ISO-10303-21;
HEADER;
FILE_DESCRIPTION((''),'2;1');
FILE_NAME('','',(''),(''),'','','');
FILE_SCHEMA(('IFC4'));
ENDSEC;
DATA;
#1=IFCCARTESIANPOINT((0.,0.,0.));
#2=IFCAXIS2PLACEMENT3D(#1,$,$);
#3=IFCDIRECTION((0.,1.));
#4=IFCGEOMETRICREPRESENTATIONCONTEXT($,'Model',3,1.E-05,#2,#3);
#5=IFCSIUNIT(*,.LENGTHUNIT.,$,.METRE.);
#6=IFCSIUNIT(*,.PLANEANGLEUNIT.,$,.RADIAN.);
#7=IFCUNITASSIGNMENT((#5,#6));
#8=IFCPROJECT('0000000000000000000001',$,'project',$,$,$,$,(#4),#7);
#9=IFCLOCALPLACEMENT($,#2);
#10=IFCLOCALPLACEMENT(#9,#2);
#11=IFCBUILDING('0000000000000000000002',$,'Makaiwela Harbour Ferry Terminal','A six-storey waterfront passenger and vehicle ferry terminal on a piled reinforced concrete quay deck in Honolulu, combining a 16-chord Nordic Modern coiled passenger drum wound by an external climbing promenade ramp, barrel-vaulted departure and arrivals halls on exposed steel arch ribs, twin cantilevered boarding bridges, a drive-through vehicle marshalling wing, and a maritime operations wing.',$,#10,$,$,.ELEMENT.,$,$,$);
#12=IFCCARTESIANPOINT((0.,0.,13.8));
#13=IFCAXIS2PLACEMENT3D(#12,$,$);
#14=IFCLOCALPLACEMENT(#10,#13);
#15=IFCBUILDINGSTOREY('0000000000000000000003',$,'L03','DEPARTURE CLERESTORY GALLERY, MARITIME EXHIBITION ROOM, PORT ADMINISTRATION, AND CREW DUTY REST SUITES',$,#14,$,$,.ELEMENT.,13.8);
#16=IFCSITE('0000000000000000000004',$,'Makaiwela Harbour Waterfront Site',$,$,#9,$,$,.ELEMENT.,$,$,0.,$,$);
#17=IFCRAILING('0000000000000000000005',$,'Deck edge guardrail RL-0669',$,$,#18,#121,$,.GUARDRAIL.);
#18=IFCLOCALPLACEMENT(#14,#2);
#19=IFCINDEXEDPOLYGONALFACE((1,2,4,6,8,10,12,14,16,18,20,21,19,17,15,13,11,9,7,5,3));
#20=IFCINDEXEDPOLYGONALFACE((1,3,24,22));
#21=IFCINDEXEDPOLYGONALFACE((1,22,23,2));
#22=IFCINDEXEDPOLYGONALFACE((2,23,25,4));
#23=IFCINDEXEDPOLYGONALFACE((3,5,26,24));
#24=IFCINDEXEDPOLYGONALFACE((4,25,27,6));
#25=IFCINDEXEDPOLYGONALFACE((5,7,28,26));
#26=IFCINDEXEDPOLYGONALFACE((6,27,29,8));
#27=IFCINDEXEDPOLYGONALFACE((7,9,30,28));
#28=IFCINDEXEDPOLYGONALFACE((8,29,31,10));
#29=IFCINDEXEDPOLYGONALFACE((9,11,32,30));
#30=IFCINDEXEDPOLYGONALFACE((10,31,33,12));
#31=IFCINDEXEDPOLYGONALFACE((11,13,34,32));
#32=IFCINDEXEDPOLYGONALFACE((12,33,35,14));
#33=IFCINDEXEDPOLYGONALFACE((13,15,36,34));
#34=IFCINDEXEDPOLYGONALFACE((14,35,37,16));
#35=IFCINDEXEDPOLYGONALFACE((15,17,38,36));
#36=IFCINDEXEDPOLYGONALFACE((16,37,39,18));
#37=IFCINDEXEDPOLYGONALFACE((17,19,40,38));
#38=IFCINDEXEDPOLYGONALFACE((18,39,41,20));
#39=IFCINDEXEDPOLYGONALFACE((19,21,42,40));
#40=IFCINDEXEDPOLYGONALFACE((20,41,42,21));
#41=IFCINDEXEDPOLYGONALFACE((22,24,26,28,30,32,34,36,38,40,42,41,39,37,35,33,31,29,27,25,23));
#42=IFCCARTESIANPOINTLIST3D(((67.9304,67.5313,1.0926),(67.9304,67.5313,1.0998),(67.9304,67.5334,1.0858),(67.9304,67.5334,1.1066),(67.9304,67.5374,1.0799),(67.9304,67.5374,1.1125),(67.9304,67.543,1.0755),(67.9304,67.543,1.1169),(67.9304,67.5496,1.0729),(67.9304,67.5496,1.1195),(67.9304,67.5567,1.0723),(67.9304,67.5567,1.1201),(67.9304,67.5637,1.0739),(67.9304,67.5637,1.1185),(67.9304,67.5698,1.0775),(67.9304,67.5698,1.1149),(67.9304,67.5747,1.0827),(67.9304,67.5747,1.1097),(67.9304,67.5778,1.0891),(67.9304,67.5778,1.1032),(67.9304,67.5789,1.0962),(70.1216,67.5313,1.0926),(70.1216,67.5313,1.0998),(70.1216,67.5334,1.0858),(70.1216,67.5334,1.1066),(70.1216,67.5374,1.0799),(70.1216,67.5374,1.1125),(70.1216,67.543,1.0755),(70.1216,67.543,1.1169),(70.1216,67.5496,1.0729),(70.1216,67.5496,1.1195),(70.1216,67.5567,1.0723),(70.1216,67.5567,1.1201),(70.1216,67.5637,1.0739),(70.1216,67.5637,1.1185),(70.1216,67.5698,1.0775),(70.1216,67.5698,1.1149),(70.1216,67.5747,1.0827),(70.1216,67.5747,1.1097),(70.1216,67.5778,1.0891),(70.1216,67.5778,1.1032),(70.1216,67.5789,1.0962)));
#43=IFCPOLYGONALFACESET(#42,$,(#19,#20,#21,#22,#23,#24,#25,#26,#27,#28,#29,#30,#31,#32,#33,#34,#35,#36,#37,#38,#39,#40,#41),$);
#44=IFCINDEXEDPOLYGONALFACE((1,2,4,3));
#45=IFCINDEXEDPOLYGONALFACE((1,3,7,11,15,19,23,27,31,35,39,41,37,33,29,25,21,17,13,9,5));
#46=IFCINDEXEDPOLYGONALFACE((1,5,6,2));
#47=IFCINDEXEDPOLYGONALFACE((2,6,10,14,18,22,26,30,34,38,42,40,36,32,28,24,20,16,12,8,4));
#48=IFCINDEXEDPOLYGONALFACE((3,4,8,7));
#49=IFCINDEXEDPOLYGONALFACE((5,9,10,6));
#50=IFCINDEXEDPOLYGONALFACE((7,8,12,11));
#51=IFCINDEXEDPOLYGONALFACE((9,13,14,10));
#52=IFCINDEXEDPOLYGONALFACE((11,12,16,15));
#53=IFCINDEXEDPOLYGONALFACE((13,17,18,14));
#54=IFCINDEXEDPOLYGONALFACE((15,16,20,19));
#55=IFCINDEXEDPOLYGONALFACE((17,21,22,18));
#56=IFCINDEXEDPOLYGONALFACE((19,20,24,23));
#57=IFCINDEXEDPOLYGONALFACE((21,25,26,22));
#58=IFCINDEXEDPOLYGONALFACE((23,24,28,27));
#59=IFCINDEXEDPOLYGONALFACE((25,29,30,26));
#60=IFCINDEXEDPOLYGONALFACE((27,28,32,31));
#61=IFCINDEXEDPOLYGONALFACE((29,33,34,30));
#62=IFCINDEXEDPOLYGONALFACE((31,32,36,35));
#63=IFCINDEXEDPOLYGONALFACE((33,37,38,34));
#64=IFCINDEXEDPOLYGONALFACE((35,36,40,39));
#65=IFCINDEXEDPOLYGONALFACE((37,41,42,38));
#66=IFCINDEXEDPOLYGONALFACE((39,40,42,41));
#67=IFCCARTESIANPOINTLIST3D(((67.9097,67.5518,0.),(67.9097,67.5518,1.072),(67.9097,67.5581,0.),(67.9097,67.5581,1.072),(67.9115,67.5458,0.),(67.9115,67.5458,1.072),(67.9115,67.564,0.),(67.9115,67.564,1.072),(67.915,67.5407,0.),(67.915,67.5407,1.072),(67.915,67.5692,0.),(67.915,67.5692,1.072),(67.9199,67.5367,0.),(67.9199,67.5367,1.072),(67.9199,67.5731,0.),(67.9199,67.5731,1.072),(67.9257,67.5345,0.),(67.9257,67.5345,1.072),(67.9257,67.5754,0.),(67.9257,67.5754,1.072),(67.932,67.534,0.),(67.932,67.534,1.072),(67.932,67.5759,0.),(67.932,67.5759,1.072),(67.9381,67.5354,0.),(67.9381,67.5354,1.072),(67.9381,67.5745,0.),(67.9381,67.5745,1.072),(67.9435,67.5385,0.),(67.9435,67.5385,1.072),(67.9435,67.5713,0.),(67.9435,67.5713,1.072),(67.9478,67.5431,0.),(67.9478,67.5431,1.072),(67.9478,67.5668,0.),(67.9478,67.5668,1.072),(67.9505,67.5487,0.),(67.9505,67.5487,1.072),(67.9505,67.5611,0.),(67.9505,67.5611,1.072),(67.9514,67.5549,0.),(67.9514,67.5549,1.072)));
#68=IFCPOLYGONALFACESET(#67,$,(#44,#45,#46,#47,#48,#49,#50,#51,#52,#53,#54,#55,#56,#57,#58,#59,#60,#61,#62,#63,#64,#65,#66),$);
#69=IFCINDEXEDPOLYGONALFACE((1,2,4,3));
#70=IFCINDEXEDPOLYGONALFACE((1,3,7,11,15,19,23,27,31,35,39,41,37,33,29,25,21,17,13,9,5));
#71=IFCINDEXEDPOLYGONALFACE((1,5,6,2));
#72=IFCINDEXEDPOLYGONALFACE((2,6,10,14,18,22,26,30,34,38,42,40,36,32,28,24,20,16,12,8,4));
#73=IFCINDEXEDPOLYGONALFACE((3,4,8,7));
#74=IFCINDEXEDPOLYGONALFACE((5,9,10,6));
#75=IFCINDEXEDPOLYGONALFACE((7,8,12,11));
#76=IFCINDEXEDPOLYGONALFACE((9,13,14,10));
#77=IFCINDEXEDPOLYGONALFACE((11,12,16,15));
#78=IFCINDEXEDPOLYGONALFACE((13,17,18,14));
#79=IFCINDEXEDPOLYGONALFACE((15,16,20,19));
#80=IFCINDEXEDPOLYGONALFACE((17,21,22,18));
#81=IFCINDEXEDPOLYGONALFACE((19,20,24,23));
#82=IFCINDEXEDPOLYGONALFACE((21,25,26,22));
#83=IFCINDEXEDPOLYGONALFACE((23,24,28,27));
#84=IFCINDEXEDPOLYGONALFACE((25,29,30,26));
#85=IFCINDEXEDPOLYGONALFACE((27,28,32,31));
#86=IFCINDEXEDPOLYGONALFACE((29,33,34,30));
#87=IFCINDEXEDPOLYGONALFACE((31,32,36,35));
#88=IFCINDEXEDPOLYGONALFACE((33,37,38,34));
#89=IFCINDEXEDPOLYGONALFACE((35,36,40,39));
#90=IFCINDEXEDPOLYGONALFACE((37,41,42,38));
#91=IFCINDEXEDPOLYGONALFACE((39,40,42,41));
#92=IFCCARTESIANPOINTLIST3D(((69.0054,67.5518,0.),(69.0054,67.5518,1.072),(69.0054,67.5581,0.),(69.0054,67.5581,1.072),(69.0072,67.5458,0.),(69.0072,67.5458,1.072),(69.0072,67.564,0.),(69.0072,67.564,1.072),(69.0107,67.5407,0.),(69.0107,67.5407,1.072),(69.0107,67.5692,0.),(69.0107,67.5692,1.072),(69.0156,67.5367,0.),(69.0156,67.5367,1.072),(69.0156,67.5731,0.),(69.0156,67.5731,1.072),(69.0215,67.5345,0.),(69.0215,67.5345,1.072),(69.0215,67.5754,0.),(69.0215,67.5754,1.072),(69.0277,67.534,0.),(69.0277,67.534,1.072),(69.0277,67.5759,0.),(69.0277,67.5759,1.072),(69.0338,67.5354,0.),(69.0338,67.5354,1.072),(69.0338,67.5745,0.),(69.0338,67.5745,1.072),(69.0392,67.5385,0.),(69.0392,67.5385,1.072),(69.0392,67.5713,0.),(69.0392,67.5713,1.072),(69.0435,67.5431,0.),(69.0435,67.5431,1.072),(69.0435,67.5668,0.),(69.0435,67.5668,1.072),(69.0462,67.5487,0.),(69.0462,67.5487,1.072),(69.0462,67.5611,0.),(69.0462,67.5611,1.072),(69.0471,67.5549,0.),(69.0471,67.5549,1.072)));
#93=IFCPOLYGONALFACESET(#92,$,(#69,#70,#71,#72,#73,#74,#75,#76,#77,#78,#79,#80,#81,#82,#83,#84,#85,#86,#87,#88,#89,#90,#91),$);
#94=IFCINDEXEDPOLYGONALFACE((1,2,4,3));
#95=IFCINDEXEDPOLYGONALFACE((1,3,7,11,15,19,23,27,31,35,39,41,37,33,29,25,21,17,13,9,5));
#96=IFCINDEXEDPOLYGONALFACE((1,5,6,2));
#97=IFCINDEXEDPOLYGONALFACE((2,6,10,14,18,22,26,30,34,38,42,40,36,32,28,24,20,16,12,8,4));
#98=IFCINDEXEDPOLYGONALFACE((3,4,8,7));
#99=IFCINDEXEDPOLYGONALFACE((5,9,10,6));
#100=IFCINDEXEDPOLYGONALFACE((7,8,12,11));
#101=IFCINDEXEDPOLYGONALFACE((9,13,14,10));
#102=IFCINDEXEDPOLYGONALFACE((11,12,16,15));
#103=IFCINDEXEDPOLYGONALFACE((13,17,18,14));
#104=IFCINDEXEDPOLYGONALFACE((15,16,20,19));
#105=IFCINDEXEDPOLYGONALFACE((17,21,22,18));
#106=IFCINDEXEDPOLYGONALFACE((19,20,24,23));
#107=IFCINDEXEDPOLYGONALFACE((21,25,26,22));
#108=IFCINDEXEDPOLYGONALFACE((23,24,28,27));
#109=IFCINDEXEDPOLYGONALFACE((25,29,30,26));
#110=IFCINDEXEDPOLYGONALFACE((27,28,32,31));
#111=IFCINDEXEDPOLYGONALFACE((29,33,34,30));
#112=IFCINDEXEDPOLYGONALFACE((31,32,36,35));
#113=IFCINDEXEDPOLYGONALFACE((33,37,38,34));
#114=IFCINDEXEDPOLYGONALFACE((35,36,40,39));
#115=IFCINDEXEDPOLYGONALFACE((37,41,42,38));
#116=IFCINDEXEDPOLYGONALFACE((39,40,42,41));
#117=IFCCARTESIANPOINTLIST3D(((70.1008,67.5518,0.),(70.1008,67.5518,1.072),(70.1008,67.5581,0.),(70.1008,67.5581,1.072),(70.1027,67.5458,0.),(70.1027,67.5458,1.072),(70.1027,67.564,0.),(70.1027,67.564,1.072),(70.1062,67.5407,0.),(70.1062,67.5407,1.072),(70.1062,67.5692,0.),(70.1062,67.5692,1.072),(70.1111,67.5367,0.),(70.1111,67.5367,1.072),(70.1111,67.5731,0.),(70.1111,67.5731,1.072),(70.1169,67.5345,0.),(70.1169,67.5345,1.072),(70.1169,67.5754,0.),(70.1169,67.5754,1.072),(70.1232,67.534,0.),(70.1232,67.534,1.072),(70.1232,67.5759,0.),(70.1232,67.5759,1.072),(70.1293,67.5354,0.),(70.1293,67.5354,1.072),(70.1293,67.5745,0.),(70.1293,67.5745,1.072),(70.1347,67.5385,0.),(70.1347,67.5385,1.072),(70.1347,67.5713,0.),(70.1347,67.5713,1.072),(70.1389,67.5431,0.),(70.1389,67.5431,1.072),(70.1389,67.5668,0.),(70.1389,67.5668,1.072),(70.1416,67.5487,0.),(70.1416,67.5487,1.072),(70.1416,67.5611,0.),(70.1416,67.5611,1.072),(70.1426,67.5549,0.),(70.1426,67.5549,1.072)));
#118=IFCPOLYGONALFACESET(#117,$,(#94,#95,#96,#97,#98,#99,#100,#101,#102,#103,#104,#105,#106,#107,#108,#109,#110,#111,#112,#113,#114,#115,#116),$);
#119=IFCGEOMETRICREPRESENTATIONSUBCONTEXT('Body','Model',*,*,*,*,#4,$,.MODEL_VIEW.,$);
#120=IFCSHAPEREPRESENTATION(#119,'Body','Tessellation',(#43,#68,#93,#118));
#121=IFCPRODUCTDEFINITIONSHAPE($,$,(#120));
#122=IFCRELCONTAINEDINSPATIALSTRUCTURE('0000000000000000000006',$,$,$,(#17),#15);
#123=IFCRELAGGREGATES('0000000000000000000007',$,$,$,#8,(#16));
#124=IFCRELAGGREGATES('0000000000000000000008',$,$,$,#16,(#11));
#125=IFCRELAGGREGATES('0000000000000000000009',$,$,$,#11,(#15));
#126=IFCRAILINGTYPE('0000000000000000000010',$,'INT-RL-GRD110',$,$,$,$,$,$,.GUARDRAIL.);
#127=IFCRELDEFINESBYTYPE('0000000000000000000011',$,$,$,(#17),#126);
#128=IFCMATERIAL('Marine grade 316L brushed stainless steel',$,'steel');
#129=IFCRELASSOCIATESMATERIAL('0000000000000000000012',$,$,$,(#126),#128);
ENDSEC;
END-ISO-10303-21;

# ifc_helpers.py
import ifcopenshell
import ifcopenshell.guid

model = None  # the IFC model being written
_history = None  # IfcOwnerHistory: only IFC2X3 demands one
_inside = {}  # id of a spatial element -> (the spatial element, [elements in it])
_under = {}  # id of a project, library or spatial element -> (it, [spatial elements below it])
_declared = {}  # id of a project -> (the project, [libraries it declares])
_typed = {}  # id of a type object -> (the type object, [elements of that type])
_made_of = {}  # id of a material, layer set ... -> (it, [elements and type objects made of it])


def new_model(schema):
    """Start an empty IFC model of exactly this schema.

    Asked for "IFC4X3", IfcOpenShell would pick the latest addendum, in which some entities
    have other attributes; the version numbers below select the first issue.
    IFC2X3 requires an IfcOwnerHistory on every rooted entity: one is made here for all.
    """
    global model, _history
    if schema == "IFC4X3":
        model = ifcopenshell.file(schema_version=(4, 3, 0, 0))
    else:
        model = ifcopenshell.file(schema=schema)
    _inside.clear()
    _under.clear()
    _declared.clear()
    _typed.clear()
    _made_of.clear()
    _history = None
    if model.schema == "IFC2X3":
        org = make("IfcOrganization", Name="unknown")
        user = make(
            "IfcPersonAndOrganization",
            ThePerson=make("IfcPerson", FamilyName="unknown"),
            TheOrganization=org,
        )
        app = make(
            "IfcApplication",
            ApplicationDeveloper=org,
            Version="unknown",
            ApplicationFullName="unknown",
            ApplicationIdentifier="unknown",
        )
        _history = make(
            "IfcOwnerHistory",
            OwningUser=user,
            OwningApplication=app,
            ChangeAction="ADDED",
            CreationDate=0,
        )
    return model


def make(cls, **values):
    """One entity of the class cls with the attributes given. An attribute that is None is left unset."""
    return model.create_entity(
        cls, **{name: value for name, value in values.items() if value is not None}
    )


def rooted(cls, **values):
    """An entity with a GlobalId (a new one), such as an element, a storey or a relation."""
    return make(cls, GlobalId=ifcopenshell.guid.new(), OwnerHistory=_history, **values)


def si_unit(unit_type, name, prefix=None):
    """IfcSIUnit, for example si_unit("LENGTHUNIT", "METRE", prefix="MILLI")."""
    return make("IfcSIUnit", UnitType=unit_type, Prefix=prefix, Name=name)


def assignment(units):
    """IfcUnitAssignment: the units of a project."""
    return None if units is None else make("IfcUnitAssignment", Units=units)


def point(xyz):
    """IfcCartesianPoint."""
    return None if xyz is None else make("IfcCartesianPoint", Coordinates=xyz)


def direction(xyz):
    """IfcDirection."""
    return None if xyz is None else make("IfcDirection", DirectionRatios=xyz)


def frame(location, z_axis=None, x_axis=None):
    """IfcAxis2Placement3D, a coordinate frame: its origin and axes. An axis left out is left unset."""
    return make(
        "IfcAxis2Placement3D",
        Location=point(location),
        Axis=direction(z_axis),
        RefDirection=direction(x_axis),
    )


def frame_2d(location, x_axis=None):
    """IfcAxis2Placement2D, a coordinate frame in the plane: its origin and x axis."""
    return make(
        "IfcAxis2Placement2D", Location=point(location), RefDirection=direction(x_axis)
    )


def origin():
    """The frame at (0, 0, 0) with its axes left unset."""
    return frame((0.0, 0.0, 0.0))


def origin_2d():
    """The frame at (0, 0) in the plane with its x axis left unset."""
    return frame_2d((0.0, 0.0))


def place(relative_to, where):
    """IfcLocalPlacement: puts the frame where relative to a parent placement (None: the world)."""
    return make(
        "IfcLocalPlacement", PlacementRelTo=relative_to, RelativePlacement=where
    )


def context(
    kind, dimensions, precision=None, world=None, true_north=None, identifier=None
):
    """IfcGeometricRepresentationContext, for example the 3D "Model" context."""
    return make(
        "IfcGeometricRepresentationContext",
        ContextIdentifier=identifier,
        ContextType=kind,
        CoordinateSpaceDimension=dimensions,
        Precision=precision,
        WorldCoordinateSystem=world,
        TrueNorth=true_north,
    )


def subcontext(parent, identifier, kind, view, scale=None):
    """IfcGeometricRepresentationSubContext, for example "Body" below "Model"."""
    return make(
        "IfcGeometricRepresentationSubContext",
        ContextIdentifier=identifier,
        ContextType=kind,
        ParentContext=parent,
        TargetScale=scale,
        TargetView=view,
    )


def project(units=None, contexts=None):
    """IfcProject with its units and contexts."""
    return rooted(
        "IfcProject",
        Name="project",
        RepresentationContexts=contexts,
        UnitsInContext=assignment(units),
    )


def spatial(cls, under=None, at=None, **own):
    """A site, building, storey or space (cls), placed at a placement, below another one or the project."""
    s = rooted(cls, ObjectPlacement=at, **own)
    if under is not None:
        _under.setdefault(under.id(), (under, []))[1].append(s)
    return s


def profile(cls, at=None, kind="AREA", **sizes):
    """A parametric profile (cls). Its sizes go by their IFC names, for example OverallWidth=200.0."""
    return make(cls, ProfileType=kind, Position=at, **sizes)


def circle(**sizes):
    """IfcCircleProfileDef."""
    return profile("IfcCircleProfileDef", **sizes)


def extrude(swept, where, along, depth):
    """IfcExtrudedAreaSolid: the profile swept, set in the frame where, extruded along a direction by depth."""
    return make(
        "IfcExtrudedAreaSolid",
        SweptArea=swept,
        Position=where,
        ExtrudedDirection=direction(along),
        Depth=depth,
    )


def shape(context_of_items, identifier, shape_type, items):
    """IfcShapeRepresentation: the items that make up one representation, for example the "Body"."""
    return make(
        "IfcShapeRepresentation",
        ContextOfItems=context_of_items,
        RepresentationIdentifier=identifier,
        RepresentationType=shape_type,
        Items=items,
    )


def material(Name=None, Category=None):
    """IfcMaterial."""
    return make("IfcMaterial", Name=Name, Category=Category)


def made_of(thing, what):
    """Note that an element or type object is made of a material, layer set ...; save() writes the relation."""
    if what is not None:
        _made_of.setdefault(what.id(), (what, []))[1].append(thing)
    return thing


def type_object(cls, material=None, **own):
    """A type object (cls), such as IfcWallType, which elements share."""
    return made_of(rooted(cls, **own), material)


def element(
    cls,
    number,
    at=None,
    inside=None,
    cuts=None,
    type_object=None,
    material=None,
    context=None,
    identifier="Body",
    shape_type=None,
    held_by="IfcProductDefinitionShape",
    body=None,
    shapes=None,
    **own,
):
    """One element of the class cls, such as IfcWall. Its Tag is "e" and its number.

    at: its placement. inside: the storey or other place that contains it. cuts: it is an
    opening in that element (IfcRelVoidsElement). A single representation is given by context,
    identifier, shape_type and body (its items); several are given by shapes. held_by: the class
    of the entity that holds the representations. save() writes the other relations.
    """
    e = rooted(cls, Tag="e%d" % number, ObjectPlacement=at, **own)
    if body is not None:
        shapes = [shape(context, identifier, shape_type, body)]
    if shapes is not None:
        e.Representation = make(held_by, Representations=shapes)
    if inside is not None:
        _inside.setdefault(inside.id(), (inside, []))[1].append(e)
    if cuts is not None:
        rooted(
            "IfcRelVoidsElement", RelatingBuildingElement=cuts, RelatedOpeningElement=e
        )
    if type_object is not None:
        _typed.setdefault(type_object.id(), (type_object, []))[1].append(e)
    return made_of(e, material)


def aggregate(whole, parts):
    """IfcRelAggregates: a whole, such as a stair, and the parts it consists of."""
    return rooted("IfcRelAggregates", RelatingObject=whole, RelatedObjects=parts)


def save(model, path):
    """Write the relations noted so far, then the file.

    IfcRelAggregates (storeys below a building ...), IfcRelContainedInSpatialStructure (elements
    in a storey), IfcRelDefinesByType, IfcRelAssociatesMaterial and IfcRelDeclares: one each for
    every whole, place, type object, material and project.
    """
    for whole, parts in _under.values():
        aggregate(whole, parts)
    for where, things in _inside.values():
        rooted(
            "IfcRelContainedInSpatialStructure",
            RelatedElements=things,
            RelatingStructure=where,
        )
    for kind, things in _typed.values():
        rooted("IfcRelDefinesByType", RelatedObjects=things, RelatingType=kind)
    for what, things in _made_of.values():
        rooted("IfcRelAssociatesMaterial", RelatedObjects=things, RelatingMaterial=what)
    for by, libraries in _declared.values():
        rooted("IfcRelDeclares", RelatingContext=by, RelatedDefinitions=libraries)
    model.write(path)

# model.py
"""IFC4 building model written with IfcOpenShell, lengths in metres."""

from ifc_helpers import new_model, si_unit, direction, frame, origin, origin_2d, place, context, subcontext, project, spatial, circle, extrude, material, type_object, element, save


model = new_model("IFC4")

# Units and contexts
model_context = context("Model", 3, precision=1e-05, world=origin(), true_north=direction((0.0, 1.0)))
body_context = subcontext(model_context, "Body", "Model", "MODEL_VIEW")
ifc_project = project(units=[si_unit("LENGTHUNIT", "METRE"), si_unit("PLANEANGLEUNIT", "RADIAN")], contexts=[model_context])

# Site, building, storey
site_placement = place(None, origin())
site = spatial("IfcSite", under=ifc_project, at=site_placement, Name="Makaiwela Harbour Waterfront Site", CompositionType="ELEMENT", RefElevation=0.0)
building_placement = place(site_placement, origin())
building = spatial("IfcBuilding", under=site, at=building_placement, Name="Makaiwela Harbour Ferry Terminal", Description="A six-storey waterfront passenger and vehicle ferry terminal on a piled reinforced concrete quay deck in Honolulu, combining a 16-chord Nordic Modern coiled passenger drum wound by an external climbing promenade ramp, barrel-vaulted departure and arrivals halls on exposed steel arch ribs, twin cantilevered boarding bridges, a drive-through vehicle marshalling wing, and a maritime operations wing.", CompositionType="ELEMENT")
storey_placement = place(building_placement, frame((0.0, 0.0, 13.8)))
storey = spatial("IfcBuildingStorey", under=building, at=storey_placement, Name="L03", Description="DEPARTURE CLERESTORY GALLERY, MARITIME EXHIBITION ROOM, PORT ADMINISTRATION, AND CREW DUTY REST SUITES", CompositionType="ELEMENT", Elevation=13.8)

# Railing
ifc_material_1 = material(Name="Marine grade 316L brushed stainless steel", Category="steel")
railing_type = type_object("IfcRailingType", Name="INT-RL-GRD110", PredefinedType="GUARDRAIL", material=ifc_material_1)
railing_1_placement = place(storey_placement, frame((67.9304, 67.5549, 0.0)))
element("IfcRailing", 1, at=railing_1_placement, inside=storey, type_object=railing_type, Name="Deck edge guardrail RL-0669", PredefinedType="GUARDRAIL", context=body_context, shape_type="SweptSolid", body=[
    extrude(circle(Radius=0.0239, at=origin_2d()), frame((0.0, 0.0, 1.0962), z_axis=(1.0, 0.0, 0.0), x_axis=(0.0, 1.0, 0.0)), (0.0, 0.0, 1.0), 2.1912),
    extrude(circle(Radius=0.021, at=origin_2d()), origin(), (0.0, 0.0, 1.0), 1.072),
    extrude(circle(Radius=0.021, at=origin_2d()), frame((1.0957, 0.0, 0.0)), (0.0, 0.0, 1.0), 1.072),
    extrude(circle(Radius=0.021, at=origin_2d()), frame((2.1912, 0.0, 0.0)), (0.0, 0.0, 1.0), 1.072),
])

save(model, "model.ifc")
